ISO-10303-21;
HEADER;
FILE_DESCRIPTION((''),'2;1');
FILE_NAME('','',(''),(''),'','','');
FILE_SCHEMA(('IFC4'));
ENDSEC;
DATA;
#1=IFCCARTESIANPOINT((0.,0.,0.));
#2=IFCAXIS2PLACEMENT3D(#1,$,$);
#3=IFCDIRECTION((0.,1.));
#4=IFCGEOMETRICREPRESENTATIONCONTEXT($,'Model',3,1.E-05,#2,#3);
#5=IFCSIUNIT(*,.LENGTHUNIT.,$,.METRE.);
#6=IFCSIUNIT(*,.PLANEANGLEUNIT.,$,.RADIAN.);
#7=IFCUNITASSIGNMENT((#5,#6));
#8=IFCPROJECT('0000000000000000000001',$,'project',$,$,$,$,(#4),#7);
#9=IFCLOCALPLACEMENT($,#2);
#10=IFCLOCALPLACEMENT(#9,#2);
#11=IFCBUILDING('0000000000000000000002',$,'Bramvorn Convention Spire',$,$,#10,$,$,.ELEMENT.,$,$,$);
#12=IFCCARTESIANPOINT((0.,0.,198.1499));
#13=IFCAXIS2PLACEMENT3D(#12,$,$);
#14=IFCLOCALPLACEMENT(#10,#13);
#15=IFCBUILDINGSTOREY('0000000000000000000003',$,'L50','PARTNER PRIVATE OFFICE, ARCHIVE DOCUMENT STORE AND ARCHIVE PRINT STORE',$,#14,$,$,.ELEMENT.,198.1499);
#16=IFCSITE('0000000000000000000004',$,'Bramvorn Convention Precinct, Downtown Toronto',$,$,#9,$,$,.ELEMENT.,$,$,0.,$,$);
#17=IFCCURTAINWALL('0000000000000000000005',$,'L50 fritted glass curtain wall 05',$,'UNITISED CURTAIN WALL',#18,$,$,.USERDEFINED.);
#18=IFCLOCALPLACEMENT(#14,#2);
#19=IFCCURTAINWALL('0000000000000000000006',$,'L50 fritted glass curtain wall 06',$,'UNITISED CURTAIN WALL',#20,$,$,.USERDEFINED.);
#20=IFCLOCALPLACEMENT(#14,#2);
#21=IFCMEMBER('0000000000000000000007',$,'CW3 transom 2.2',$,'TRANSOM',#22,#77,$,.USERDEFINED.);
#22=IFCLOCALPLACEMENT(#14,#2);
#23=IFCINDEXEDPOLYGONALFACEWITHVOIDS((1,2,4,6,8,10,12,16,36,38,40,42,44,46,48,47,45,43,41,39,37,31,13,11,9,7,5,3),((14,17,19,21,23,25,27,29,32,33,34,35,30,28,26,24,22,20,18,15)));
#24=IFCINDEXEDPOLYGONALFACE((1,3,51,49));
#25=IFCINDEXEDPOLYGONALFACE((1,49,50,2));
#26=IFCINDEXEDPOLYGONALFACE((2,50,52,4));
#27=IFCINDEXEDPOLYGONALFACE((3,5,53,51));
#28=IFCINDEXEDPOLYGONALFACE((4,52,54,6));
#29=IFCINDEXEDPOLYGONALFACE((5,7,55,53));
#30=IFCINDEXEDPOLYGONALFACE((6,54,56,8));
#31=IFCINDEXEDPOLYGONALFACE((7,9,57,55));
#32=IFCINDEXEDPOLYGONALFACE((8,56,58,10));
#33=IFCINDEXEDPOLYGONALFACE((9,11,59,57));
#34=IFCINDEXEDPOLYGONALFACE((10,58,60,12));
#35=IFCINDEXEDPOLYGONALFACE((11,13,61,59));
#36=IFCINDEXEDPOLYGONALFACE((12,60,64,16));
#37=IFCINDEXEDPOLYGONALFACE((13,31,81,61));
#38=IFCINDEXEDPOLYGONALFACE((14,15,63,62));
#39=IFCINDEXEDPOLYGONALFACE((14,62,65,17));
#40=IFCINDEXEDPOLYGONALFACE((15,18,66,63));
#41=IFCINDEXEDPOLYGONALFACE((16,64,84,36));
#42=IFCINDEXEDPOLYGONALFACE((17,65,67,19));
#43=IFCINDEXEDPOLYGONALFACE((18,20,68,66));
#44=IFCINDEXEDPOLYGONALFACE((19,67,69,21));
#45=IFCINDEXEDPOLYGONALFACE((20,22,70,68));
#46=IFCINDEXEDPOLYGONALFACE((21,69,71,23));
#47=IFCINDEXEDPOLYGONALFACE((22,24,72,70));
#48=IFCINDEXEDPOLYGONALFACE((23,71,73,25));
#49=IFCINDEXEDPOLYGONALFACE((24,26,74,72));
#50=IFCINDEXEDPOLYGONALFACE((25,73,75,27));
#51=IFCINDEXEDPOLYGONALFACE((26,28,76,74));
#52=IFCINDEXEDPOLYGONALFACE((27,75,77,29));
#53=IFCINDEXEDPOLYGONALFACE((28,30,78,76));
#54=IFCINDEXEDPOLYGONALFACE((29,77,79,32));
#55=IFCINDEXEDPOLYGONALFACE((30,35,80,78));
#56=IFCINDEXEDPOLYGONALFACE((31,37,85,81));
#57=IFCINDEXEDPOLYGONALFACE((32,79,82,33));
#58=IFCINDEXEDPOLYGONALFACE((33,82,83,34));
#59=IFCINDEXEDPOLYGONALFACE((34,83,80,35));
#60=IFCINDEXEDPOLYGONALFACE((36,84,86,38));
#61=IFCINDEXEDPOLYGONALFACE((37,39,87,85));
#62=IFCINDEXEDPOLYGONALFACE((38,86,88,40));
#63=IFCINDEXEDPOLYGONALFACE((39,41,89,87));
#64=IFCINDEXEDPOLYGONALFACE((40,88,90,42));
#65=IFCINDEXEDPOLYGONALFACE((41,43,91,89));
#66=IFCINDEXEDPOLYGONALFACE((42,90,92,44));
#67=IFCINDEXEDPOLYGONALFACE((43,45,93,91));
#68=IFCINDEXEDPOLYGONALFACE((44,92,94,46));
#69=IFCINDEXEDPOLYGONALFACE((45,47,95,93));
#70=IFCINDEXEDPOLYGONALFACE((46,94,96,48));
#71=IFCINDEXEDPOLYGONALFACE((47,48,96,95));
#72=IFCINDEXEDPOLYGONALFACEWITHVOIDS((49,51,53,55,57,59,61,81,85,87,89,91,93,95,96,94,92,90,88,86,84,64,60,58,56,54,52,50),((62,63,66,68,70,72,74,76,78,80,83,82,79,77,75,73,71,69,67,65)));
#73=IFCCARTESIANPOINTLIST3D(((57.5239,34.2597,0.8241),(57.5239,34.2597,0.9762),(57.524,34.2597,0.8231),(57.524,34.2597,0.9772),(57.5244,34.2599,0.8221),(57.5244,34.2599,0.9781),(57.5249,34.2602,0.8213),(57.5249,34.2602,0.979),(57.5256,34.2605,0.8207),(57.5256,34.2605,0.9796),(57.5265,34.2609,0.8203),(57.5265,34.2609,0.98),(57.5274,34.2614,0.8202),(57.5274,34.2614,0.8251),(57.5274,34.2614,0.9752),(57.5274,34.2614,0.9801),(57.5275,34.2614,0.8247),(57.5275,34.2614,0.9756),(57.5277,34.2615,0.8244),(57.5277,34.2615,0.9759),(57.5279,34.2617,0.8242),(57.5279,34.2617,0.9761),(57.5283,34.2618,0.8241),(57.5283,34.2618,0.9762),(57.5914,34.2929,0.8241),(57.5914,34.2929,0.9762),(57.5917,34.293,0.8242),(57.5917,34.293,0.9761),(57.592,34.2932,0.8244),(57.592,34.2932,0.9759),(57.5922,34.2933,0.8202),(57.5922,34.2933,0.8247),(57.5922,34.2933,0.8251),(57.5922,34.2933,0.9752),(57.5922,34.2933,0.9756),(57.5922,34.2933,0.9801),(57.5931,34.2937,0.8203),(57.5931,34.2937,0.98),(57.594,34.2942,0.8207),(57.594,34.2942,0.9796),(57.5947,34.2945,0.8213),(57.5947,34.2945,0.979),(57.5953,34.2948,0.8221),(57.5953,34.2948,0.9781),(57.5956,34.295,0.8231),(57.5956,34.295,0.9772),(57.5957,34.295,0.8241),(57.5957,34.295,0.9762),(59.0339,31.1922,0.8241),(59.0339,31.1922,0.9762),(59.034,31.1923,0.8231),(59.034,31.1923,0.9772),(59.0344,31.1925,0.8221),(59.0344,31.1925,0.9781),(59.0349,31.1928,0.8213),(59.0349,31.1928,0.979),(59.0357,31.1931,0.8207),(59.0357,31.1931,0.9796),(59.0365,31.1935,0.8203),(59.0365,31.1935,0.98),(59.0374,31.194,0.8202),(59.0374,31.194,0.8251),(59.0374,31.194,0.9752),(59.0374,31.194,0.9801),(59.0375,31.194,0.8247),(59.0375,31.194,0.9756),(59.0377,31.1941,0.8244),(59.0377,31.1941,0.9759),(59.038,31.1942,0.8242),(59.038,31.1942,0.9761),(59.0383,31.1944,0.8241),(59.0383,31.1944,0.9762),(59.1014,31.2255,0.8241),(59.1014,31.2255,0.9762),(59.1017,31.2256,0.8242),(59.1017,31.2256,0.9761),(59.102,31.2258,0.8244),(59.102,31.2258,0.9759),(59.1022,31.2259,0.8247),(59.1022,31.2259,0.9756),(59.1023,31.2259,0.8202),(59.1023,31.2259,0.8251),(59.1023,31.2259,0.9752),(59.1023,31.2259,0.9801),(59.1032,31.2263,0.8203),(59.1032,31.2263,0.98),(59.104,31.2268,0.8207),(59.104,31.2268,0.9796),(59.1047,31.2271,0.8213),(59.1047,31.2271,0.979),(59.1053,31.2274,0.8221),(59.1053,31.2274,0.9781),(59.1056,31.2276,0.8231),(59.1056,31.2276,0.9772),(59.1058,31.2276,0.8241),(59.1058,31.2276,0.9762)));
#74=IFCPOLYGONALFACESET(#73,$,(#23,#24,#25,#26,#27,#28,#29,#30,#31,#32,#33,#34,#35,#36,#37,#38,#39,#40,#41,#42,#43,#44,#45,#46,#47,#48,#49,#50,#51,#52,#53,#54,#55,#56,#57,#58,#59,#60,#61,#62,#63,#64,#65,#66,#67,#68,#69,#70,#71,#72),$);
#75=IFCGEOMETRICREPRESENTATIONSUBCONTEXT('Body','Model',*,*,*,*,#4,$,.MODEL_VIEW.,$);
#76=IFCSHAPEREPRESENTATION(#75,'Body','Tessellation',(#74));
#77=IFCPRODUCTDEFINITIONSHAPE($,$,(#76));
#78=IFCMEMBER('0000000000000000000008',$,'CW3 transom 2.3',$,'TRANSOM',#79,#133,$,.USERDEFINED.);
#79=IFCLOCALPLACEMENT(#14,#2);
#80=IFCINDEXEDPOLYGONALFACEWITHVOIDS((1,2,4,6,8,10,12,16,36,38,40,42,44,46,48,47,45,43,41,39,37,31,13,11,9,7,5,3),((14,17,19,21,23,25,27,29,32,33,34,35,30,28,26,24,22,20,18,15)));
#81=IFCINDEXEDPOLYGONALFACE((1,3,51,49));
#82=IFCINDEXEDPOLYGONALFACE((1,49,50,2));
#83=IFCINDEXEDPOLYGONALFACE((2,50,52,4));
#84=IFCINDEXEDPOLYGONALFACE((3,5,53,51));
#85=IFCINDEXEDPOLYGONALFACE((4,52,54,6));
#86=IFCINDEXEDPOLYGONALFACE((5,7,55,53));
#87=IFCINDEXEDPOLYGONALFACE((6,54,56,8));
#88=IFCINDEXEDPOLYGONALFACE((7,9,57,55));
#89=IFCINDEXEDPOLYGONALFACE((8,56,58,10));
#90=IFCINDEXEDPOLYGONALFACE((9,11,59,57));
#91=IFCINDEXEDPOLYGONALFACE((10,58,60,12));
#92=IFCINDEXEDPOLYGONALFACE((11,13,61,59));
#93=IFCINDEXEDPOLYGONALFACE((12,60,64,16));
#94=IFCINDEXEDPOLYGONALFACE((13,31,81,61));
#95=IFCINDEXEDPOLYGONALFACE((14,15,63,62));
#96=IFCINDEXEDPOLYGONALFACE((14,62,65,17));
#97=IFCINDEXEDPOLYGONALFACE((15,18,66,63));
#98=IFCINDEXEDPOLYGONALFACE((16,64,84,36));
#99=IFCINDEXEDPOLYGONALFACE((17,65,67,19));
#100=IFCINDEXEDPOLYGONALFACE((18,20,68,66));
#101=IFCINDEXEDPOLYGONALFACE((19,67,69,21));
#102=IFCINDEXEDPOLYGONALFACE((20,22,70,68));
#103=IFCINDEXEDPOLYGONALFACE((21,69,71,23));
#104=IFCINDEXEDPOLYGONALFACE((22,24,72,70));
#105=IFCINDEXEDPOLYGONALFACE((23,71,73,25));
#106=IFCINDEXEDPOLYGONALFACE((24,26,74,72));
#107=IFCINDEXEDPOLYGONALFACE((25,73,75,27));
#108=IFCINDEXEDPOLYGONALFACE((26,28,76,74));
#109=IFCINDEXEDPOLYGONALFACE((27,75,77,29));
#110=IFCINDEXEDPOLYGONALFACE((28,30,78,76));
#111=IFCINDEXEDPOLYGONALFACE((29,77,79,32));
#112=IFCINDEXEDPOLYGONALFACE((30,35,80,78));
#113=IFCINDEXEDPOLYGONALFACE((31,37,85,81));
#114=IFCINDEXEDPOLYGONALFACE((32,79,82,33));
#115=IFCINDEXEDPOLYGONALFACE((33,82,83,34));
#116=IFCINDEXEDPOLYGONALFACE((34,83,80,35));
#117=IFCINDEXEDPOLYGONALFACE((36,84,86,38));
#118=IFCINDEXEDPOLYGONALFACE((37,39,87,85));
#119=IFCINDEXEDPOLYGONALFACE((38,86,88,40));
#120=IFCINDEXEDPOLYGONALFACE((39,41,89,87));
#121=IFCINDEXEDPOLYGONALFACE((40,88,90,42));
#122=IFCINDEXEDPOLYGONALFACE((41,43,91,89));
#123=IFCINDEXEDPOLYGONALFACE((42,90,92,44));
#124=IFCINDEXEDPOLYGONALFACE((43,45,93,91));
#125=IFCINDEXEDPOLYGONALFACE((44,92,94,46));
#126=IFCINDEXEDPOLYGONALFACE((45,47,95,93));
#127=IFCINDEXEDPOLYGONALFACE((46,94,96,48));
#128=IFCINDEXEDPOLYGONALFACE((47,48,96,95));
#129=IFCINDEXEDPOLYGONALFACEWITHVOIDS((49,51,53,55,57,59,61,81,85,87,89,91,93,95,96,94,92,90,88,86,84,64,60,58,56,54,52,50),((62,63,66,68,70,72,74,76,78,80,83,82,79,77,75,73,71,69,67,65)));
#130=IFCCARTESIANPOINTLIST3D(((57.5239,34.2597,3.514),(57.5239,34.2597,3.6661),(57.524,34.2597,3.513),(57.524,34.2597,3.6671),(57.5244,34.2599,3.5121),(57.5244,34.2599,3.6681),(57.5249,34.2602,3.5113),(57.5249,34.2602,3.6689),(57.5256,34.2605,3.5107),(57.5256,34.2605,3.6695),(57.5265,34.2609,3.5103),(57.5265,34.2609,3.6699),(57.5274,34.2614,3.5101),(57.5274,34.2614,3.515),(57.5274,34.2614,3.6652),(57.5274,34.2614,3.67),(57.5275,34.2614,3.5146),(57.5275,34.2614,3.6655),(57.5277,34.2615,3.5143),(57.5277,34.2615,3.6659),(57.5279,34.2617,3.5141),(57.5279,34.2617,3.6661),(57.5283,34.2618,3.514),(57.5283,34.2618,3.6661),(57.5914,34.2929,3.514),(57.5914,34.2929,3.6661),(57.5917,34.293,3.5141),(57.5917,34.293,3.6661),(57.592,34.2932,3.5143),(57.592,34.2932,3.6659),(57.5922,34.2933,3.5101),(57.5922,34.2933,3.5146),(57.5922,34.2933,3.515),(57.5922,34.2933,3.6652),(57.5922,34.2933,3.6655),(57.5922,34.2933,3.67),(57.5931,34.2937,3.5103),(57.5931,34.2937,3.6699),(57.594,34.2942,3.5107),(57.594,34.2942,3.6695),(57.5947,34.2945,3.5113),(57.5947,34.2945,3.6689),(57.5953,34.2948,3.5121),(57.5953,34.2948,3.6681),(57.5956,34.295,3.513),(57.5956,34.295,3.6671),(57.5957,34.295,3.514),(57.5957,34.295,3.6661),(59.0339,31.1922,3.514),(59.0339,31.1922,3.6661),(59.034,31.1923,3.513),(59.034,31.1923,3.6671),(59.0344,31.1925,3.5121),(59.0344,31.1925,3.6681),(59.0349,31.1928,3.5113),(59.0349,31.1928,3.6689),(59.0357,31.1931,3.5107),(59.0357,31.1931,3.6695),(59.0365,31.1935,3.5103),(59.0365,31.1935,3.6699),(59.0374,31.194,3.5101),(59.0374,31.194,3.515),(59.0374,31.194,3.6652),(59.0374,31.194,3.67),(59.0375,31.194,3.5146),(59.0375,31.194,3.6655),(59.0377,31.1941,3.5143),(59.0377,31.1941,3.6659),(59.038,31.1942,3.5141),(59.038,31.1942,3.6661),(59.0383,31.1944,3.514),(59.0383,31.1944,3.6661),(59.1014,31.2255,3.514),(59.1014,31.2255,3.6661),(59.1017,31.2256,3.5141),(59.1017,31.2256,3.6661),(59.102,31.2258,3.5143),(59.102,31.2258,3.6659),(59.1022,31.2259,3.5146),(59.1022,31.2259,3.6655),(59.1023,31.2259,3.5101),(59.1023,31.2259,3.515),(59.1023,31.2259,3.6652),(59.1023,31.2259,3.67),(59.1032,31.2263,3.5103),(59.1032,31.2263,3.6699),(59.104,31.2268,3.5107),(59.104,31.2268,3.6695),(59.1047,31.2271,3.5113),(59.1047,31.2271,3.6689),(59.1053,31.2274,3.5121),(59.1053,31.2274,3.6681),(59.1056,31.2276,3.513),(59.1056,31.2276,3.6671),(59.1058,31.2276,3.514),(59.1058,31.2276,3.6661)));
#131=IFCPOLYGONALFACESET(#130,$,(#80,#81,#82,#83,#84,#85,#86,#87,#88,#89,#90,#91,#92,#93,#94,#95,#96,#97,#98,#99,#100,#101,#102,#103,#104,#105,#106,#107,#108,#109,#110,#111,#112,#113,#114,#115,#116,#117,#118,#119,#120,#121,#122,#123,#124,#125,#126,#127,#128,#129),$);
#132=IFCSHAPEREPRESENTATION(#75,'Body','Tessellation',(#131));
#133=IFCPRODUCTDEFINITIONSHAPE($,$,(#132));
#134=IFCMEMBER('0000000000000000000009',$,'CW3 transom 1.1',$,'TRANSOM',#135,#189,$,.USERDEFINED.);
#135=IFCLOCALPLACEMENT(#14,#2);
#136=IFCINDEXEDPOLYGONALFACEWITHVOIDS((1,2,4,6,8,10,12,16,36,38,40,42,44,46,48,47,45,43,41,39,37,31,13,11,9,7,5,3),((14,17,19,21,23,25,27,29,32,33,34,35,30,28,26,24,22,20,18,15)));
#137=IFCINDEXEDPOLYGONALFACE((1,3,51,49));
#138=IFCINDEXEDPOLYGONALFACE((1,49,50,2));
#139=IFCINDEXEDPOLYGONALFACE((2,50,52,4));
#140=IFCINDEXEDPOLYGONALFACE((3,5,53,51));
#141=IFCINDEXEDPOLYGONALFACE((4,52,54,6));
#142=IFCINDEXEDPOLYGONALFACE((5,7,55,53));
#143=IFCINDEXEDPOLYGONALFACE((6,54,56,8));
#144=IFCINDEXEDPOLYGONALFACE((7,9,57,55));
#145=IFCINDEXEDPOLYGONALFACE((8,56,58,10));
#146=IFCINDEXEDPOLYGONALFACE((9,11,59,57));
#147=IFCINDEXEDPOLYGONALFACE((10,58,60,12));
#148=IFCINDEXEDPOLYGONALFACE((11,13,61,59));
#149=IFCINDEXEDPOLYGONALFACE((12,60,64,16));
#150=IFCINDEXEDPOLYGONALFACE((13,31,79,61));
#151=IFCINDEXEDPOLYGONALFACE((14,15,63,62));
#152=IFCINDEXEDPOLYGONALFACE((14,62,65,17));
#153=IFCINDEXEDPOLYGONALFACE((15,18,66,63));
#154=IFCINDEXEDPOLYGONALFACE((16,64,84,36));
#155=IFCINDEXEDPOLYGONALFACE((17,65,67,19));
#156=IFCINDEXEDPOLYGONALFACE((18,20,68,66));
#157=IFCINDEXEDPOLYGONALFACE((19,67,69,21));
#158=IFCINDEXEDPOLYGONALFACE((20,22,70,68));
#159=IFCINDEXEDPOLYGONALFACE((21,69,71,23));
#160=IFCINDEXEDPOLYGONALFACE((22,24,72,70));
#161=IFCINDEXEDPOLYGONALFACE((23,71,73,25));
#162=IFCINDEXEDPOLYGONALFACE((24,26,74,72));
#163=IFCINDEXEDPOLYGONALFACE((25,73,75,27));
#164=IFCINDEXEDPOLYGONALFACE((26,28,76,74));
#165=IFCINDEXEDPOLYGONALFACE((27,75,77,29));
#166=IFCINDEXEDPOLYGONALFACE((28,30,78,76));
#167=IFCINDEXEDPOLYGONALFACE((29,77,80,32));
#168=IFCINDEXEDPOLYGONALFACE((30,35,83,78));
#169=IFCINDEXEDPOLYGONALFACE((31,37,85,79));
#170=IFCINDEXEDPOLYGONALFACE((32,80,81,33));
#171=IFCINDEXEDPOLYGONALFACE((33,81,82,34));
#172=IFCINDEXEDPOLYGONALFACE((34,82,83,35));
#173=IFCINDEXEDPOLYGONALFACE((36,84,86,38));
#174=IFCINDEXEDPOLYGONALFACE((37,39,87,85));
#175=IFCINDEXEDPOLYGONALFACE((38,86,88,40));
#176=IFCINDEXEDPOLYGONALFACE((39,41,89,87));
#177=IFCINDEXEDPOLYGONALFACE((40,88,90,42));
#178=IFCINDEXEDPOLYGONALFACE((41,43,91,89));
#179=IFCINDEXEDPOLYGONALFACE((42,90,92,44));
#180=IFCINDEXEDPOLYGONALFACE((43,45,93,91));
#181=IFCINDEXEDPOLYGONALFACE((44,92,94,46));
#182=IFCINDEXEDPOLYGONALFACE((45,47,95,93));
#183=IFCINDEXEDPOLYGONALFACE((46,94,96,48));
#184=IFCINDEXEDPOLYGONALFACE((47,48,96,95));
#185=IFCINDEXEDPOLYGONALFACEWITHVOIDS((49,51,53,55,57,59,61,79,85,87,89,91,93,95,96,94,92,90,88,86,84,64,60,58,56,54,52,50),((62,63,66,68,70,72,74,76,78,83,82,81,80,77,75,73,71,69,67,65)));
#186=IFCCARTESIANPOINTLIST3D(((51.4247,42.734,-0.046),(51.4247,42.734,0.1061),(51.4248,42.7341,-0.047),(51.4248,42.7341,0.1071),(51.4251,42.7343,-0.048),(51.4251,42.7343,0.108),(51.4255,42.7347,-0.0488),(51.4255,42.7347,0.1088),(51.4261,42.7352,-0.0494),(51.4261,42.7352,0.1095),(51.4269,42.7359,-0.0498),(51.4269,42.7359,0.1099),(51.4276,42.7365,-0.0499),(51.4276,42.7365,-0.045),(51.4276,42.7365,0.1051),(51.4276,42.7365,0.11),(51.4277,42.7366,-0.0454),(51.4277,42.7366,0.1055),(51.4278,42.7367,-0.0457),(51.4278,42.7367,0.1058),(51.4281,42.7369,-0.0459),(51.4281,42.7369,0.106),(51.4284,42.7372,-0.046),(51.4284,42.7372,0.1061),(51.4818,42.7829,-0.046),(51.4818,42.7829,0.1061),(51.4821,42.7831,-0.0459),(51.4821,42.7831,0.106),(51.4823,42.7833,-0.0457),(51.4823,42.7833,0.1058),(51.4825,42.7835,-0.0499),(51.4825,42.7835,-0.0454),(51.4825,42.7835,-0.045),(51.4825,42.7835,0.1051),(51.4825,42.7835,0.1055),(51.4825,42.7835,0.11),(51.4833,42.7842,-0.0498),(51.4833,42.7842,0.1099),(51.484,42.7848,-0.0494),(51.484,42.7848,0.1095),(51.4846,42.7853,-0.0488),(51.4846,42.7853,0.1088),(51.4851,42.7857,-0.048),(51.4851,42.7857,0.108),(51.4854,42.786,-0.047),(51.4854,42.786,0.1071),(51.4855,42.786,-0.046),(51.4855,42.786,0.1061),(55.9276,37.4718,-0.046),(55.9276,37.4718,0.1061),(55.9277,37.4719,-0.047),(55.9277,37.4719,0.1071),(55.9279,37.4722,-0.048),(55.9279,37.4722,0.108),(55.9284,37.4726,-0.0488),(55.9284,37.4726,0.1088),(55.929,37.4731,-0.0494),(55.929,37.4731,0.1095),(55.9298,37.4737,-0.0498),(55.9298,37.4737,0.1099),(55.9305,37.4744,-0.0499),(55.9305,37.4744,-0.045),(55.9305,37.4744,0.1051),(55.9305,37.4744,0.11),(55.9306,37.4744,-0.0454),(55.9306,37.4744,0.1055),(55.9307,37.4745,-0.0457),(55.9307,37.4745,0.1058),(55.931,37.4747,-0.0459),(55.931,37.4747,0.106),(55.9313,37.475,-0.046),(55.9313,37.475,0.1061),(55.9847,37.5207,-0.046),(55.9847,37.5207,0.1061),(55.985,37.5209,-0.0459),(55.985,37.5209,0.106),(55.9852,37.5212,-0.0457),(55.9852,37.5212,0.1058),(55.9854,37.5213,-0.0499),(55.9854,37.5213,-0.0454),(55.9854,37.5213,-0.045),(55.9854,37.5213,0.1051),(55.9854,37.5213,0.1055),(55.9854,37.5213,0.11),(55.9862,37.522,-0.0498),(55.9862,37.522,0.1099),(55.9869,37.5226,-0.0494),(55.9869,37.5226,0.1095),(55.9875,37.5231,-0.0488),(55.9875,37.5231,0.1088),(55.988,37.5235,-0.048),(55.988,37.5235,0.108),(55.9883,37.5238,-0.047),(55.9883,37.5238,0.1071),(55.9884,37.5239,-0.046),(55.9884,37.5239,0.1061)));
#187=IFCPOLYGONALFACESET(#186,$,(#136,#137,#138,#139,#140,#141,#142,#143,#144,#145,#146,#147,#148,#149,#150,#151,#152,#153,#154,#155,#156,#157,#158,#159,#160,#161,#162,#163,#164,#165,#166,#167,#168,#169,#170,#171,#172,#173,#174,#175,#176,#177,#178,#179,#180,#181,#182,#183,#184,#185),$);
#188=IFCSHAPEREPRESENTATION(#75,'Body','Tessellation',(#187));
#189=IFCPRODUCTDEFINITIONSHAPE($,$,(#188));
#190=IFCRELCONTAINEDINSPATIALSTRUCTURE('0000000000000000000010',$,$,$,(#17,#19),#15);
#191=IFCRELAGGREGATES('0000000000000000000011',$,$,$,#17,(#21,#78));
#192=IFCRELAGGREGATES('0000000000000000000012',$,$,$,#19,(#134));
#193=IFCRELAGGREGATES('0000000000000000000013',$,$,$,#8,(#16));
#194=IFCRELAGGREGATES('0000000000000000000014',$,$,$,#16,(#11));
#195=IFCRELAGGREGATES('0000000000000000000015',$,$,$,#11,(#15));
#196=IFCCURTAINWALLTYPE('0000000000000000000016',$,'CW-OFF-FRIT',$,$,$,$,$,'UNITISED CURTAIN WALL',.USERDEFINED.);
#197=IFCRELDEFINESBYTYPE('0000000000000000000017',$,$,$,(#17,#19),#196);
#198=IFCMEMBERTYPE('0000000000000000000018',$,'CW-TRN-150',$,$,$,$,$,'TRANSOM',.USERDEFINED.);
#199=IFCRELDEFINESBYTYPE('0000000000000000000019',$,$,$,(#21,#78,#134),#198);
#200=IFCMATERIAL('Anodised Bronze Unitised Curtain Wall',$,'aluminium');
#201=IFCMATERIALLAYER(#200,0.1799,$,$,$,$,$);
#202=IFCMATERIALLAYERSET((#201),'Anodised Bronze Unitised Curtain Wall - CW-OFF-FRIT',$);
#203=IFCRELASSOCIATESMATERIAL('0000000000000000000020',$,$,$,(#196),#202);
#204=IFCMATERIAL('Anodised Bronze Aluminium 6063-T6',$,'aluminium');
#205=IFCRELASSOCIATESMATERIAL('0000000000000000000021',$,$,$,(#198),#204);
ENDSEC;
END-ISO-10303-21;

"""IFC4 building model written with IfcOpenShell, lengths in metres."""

from ifc_helpers import new_model, si_unit, direction, frame, origin, origin_2d, place, context, subcontext, project, spatial, hollow_rectangle, extrude, material, layer, layer_set, material_profile, profile_set, type_object, element, aggregate, save


model = new_model("IFC4")

# Units and contexts
model_context = context("Model", 3, precision=1e-05, world=origin(), true_north=direction((0.0, 1.0)))
body_context = subcontext(model_context, "Body", "Model", "MODEL_VIEW")
ifc_project = project(units=[si_unit("LENGTHUNIT", "METRE"), si_unit("PLANEANGLEUNIT", "RADIAN")], contexts=[model_context])

# Site, building, storey
site_placement = place(None, origin())
site = spatial("IfcSite", under=ifc_project, at=site_placement, Name="Bramvorn Convention Precinct, Downtown Toronto", CompositionType="ELEMENT", RefElevation=0.0)
building_placement = place(site_placement, origin())
building = spatial("IfcBuilding", under=site, at=building_placement, Name="Bramvorn Convention Spire", CompositionType="ELEMENT")
storey_placement = place(building_placement, frame((0.0, 0.0, 198.1499)))
storey = spatial("IfcBuildingStorey", under=building, at=storey_placement, Name="L50", Description="PARTNER PRIVATE OFFICE, ARCHIVE DOCUMENT STORE AND ARCHIVE PRINT STORE", CompositionType="ELEMENT", Elevation=198.1499)

# Curtain walls
ifc_material_1 = material(Name="Anodised Bronze Unitised Curtain Wall", Category="aluminium")
ifc_layer_1 = layer(ifc_material_1, 0.1799)
ifc_layer_set_1 = layer_set([ifc_layer_1], Name="Anodised Bronze Unitised Curtain Wall - CW-OFF-FRIT")
curtain_wall_type = type_object("IfcCurtainWallType", Name="CW-OFF-FRIT", ElementType="UNITISED CURTAIN WALL", PredefinedType="USERDEFINED", material=ifc_layer_set_1)
curtain_wall_1_placement = place(storey_placement, origin())
curtain_wall_1 = element("IfcCurtainWall", 1, at=curtain_wall_1_placement, inside=storey, type_object=curtain_wall_type, Name="L50 fritted glass curtain wall 05", ObjectType="UNITISED CURTAIN WALL", PredefinedType="USERDEFINED")
ifc_material_2 = material(Name="Anodised Bronze Aluminium 6063-T6", Category="aluminium")
curtain_wall_2_placement = place(storey_placement, origin())
curtain_wall_2 = element("IfcCurtainWall", 2, at=curtain_wall_2_placement, inside=storey, type_object=curtain_wall_type, Name="L50 fritted glass curtain wall 06", ObjectType="UNITISED CURTAIN WALL", PredefinedType="USERDEFINED")

# Members
ifc_material_profile_1 = material_profile(ifc_material_2, hollow_rectangle(XDim=0.0801, YDim=0.1599, WallThickness=0.0039, InnerFilletRadius=0.001, OuterFilletRadius=0.0039, at=origin_2d()))
ifc_profile_set_1 = profile_set([ifc_material_profile_1], Name="Anodised Bronze Aluminium 6063-T6 - CWT80X160")
member_type_1 = type_object("IfcMemberType", Name="CW-TRN-150", ElementType="TRANSOM", PredefinedType="USERDEFINED", material=ifc_profile_set_1)
member_1_placement = place(storey_placement, frame((57.5598, 34.2773, 0.9001), z_axis=(0.441664, -0.897181, 0.0), x_axis=(0.897181, 0.441664, 0.0)))
member_1 = element("IfcMember", 3, at=member_1_placement, type_object=member_type_1, Name="CW3 transom 2.2", ObjectType="TRANSOM", PredefinedType="USERDEFINED", context=body_context, shape_type="SweptSolid", body=[
    extrude(hollow_rectangle(XDim=0.0801, YDim=0.1599, WallThickness=0.0039, InnerFilletRadius=0.001, OuterFilletRadius=0.0039, at=origin_2d()), origin(), (0.0, 0.0, 1.0), 3.4189),
])
member_2_placement = place(storey_placement, frame((57.5598, 34.2773, 3.5901), z_axis=(0.441664, -0.897181, 0.0), x_axis=(0.897181, 0.441664, 0.0)))
member_2 = element("IfcMember", 4, at=member_2_placement, type_object=member_type_1, Name="CW3 transom 2.3", ObjectType="TRANSOM", PredefinedType="USERDEFINED", context=body_context, shape_type="SweptSolid", body=[
    extrude(hollow_rectangle(XDim=0.0801, YDim=0.1599, WallThickness=0.0039, InnerFilletRadius=0.001, OuterFilletRadius=0.0039, at=origin_2d()), origin(), (0.0, 0.0, 1.0), 3.4189),
])
member_3_placement = place(storey_placement, frame((51.4551, 42.76, 0.03), z_axis=(0.650164, -0.759794, 0.0), x_axis=(0.759794, 0.650164, 0.0)))
member_3 = element("IfcMember", 5, at=member_3_placement, type_object=member_type_1, Name="CW3 transom 1.1", ObjectType="TRANSOM", PredefinedType="USERDEFINED", context=body_context, shape_type="SweptSolid", body=[
    extrude(hollow_rectangle(XDim=0.0801, YDim=0.1599, WallThickness=0.0039, InnerFilletRadius=0.001, OuterFilletRadius=0.0039, at=origin_2d()), origin(), (0.0, 0.0, 1.0), 6.9258),
])

aggregate(curtain_wall_1, [member_1, member_2])
aggregate(curtain_wall_2, [member_3])

save(model, "model.ifc")
